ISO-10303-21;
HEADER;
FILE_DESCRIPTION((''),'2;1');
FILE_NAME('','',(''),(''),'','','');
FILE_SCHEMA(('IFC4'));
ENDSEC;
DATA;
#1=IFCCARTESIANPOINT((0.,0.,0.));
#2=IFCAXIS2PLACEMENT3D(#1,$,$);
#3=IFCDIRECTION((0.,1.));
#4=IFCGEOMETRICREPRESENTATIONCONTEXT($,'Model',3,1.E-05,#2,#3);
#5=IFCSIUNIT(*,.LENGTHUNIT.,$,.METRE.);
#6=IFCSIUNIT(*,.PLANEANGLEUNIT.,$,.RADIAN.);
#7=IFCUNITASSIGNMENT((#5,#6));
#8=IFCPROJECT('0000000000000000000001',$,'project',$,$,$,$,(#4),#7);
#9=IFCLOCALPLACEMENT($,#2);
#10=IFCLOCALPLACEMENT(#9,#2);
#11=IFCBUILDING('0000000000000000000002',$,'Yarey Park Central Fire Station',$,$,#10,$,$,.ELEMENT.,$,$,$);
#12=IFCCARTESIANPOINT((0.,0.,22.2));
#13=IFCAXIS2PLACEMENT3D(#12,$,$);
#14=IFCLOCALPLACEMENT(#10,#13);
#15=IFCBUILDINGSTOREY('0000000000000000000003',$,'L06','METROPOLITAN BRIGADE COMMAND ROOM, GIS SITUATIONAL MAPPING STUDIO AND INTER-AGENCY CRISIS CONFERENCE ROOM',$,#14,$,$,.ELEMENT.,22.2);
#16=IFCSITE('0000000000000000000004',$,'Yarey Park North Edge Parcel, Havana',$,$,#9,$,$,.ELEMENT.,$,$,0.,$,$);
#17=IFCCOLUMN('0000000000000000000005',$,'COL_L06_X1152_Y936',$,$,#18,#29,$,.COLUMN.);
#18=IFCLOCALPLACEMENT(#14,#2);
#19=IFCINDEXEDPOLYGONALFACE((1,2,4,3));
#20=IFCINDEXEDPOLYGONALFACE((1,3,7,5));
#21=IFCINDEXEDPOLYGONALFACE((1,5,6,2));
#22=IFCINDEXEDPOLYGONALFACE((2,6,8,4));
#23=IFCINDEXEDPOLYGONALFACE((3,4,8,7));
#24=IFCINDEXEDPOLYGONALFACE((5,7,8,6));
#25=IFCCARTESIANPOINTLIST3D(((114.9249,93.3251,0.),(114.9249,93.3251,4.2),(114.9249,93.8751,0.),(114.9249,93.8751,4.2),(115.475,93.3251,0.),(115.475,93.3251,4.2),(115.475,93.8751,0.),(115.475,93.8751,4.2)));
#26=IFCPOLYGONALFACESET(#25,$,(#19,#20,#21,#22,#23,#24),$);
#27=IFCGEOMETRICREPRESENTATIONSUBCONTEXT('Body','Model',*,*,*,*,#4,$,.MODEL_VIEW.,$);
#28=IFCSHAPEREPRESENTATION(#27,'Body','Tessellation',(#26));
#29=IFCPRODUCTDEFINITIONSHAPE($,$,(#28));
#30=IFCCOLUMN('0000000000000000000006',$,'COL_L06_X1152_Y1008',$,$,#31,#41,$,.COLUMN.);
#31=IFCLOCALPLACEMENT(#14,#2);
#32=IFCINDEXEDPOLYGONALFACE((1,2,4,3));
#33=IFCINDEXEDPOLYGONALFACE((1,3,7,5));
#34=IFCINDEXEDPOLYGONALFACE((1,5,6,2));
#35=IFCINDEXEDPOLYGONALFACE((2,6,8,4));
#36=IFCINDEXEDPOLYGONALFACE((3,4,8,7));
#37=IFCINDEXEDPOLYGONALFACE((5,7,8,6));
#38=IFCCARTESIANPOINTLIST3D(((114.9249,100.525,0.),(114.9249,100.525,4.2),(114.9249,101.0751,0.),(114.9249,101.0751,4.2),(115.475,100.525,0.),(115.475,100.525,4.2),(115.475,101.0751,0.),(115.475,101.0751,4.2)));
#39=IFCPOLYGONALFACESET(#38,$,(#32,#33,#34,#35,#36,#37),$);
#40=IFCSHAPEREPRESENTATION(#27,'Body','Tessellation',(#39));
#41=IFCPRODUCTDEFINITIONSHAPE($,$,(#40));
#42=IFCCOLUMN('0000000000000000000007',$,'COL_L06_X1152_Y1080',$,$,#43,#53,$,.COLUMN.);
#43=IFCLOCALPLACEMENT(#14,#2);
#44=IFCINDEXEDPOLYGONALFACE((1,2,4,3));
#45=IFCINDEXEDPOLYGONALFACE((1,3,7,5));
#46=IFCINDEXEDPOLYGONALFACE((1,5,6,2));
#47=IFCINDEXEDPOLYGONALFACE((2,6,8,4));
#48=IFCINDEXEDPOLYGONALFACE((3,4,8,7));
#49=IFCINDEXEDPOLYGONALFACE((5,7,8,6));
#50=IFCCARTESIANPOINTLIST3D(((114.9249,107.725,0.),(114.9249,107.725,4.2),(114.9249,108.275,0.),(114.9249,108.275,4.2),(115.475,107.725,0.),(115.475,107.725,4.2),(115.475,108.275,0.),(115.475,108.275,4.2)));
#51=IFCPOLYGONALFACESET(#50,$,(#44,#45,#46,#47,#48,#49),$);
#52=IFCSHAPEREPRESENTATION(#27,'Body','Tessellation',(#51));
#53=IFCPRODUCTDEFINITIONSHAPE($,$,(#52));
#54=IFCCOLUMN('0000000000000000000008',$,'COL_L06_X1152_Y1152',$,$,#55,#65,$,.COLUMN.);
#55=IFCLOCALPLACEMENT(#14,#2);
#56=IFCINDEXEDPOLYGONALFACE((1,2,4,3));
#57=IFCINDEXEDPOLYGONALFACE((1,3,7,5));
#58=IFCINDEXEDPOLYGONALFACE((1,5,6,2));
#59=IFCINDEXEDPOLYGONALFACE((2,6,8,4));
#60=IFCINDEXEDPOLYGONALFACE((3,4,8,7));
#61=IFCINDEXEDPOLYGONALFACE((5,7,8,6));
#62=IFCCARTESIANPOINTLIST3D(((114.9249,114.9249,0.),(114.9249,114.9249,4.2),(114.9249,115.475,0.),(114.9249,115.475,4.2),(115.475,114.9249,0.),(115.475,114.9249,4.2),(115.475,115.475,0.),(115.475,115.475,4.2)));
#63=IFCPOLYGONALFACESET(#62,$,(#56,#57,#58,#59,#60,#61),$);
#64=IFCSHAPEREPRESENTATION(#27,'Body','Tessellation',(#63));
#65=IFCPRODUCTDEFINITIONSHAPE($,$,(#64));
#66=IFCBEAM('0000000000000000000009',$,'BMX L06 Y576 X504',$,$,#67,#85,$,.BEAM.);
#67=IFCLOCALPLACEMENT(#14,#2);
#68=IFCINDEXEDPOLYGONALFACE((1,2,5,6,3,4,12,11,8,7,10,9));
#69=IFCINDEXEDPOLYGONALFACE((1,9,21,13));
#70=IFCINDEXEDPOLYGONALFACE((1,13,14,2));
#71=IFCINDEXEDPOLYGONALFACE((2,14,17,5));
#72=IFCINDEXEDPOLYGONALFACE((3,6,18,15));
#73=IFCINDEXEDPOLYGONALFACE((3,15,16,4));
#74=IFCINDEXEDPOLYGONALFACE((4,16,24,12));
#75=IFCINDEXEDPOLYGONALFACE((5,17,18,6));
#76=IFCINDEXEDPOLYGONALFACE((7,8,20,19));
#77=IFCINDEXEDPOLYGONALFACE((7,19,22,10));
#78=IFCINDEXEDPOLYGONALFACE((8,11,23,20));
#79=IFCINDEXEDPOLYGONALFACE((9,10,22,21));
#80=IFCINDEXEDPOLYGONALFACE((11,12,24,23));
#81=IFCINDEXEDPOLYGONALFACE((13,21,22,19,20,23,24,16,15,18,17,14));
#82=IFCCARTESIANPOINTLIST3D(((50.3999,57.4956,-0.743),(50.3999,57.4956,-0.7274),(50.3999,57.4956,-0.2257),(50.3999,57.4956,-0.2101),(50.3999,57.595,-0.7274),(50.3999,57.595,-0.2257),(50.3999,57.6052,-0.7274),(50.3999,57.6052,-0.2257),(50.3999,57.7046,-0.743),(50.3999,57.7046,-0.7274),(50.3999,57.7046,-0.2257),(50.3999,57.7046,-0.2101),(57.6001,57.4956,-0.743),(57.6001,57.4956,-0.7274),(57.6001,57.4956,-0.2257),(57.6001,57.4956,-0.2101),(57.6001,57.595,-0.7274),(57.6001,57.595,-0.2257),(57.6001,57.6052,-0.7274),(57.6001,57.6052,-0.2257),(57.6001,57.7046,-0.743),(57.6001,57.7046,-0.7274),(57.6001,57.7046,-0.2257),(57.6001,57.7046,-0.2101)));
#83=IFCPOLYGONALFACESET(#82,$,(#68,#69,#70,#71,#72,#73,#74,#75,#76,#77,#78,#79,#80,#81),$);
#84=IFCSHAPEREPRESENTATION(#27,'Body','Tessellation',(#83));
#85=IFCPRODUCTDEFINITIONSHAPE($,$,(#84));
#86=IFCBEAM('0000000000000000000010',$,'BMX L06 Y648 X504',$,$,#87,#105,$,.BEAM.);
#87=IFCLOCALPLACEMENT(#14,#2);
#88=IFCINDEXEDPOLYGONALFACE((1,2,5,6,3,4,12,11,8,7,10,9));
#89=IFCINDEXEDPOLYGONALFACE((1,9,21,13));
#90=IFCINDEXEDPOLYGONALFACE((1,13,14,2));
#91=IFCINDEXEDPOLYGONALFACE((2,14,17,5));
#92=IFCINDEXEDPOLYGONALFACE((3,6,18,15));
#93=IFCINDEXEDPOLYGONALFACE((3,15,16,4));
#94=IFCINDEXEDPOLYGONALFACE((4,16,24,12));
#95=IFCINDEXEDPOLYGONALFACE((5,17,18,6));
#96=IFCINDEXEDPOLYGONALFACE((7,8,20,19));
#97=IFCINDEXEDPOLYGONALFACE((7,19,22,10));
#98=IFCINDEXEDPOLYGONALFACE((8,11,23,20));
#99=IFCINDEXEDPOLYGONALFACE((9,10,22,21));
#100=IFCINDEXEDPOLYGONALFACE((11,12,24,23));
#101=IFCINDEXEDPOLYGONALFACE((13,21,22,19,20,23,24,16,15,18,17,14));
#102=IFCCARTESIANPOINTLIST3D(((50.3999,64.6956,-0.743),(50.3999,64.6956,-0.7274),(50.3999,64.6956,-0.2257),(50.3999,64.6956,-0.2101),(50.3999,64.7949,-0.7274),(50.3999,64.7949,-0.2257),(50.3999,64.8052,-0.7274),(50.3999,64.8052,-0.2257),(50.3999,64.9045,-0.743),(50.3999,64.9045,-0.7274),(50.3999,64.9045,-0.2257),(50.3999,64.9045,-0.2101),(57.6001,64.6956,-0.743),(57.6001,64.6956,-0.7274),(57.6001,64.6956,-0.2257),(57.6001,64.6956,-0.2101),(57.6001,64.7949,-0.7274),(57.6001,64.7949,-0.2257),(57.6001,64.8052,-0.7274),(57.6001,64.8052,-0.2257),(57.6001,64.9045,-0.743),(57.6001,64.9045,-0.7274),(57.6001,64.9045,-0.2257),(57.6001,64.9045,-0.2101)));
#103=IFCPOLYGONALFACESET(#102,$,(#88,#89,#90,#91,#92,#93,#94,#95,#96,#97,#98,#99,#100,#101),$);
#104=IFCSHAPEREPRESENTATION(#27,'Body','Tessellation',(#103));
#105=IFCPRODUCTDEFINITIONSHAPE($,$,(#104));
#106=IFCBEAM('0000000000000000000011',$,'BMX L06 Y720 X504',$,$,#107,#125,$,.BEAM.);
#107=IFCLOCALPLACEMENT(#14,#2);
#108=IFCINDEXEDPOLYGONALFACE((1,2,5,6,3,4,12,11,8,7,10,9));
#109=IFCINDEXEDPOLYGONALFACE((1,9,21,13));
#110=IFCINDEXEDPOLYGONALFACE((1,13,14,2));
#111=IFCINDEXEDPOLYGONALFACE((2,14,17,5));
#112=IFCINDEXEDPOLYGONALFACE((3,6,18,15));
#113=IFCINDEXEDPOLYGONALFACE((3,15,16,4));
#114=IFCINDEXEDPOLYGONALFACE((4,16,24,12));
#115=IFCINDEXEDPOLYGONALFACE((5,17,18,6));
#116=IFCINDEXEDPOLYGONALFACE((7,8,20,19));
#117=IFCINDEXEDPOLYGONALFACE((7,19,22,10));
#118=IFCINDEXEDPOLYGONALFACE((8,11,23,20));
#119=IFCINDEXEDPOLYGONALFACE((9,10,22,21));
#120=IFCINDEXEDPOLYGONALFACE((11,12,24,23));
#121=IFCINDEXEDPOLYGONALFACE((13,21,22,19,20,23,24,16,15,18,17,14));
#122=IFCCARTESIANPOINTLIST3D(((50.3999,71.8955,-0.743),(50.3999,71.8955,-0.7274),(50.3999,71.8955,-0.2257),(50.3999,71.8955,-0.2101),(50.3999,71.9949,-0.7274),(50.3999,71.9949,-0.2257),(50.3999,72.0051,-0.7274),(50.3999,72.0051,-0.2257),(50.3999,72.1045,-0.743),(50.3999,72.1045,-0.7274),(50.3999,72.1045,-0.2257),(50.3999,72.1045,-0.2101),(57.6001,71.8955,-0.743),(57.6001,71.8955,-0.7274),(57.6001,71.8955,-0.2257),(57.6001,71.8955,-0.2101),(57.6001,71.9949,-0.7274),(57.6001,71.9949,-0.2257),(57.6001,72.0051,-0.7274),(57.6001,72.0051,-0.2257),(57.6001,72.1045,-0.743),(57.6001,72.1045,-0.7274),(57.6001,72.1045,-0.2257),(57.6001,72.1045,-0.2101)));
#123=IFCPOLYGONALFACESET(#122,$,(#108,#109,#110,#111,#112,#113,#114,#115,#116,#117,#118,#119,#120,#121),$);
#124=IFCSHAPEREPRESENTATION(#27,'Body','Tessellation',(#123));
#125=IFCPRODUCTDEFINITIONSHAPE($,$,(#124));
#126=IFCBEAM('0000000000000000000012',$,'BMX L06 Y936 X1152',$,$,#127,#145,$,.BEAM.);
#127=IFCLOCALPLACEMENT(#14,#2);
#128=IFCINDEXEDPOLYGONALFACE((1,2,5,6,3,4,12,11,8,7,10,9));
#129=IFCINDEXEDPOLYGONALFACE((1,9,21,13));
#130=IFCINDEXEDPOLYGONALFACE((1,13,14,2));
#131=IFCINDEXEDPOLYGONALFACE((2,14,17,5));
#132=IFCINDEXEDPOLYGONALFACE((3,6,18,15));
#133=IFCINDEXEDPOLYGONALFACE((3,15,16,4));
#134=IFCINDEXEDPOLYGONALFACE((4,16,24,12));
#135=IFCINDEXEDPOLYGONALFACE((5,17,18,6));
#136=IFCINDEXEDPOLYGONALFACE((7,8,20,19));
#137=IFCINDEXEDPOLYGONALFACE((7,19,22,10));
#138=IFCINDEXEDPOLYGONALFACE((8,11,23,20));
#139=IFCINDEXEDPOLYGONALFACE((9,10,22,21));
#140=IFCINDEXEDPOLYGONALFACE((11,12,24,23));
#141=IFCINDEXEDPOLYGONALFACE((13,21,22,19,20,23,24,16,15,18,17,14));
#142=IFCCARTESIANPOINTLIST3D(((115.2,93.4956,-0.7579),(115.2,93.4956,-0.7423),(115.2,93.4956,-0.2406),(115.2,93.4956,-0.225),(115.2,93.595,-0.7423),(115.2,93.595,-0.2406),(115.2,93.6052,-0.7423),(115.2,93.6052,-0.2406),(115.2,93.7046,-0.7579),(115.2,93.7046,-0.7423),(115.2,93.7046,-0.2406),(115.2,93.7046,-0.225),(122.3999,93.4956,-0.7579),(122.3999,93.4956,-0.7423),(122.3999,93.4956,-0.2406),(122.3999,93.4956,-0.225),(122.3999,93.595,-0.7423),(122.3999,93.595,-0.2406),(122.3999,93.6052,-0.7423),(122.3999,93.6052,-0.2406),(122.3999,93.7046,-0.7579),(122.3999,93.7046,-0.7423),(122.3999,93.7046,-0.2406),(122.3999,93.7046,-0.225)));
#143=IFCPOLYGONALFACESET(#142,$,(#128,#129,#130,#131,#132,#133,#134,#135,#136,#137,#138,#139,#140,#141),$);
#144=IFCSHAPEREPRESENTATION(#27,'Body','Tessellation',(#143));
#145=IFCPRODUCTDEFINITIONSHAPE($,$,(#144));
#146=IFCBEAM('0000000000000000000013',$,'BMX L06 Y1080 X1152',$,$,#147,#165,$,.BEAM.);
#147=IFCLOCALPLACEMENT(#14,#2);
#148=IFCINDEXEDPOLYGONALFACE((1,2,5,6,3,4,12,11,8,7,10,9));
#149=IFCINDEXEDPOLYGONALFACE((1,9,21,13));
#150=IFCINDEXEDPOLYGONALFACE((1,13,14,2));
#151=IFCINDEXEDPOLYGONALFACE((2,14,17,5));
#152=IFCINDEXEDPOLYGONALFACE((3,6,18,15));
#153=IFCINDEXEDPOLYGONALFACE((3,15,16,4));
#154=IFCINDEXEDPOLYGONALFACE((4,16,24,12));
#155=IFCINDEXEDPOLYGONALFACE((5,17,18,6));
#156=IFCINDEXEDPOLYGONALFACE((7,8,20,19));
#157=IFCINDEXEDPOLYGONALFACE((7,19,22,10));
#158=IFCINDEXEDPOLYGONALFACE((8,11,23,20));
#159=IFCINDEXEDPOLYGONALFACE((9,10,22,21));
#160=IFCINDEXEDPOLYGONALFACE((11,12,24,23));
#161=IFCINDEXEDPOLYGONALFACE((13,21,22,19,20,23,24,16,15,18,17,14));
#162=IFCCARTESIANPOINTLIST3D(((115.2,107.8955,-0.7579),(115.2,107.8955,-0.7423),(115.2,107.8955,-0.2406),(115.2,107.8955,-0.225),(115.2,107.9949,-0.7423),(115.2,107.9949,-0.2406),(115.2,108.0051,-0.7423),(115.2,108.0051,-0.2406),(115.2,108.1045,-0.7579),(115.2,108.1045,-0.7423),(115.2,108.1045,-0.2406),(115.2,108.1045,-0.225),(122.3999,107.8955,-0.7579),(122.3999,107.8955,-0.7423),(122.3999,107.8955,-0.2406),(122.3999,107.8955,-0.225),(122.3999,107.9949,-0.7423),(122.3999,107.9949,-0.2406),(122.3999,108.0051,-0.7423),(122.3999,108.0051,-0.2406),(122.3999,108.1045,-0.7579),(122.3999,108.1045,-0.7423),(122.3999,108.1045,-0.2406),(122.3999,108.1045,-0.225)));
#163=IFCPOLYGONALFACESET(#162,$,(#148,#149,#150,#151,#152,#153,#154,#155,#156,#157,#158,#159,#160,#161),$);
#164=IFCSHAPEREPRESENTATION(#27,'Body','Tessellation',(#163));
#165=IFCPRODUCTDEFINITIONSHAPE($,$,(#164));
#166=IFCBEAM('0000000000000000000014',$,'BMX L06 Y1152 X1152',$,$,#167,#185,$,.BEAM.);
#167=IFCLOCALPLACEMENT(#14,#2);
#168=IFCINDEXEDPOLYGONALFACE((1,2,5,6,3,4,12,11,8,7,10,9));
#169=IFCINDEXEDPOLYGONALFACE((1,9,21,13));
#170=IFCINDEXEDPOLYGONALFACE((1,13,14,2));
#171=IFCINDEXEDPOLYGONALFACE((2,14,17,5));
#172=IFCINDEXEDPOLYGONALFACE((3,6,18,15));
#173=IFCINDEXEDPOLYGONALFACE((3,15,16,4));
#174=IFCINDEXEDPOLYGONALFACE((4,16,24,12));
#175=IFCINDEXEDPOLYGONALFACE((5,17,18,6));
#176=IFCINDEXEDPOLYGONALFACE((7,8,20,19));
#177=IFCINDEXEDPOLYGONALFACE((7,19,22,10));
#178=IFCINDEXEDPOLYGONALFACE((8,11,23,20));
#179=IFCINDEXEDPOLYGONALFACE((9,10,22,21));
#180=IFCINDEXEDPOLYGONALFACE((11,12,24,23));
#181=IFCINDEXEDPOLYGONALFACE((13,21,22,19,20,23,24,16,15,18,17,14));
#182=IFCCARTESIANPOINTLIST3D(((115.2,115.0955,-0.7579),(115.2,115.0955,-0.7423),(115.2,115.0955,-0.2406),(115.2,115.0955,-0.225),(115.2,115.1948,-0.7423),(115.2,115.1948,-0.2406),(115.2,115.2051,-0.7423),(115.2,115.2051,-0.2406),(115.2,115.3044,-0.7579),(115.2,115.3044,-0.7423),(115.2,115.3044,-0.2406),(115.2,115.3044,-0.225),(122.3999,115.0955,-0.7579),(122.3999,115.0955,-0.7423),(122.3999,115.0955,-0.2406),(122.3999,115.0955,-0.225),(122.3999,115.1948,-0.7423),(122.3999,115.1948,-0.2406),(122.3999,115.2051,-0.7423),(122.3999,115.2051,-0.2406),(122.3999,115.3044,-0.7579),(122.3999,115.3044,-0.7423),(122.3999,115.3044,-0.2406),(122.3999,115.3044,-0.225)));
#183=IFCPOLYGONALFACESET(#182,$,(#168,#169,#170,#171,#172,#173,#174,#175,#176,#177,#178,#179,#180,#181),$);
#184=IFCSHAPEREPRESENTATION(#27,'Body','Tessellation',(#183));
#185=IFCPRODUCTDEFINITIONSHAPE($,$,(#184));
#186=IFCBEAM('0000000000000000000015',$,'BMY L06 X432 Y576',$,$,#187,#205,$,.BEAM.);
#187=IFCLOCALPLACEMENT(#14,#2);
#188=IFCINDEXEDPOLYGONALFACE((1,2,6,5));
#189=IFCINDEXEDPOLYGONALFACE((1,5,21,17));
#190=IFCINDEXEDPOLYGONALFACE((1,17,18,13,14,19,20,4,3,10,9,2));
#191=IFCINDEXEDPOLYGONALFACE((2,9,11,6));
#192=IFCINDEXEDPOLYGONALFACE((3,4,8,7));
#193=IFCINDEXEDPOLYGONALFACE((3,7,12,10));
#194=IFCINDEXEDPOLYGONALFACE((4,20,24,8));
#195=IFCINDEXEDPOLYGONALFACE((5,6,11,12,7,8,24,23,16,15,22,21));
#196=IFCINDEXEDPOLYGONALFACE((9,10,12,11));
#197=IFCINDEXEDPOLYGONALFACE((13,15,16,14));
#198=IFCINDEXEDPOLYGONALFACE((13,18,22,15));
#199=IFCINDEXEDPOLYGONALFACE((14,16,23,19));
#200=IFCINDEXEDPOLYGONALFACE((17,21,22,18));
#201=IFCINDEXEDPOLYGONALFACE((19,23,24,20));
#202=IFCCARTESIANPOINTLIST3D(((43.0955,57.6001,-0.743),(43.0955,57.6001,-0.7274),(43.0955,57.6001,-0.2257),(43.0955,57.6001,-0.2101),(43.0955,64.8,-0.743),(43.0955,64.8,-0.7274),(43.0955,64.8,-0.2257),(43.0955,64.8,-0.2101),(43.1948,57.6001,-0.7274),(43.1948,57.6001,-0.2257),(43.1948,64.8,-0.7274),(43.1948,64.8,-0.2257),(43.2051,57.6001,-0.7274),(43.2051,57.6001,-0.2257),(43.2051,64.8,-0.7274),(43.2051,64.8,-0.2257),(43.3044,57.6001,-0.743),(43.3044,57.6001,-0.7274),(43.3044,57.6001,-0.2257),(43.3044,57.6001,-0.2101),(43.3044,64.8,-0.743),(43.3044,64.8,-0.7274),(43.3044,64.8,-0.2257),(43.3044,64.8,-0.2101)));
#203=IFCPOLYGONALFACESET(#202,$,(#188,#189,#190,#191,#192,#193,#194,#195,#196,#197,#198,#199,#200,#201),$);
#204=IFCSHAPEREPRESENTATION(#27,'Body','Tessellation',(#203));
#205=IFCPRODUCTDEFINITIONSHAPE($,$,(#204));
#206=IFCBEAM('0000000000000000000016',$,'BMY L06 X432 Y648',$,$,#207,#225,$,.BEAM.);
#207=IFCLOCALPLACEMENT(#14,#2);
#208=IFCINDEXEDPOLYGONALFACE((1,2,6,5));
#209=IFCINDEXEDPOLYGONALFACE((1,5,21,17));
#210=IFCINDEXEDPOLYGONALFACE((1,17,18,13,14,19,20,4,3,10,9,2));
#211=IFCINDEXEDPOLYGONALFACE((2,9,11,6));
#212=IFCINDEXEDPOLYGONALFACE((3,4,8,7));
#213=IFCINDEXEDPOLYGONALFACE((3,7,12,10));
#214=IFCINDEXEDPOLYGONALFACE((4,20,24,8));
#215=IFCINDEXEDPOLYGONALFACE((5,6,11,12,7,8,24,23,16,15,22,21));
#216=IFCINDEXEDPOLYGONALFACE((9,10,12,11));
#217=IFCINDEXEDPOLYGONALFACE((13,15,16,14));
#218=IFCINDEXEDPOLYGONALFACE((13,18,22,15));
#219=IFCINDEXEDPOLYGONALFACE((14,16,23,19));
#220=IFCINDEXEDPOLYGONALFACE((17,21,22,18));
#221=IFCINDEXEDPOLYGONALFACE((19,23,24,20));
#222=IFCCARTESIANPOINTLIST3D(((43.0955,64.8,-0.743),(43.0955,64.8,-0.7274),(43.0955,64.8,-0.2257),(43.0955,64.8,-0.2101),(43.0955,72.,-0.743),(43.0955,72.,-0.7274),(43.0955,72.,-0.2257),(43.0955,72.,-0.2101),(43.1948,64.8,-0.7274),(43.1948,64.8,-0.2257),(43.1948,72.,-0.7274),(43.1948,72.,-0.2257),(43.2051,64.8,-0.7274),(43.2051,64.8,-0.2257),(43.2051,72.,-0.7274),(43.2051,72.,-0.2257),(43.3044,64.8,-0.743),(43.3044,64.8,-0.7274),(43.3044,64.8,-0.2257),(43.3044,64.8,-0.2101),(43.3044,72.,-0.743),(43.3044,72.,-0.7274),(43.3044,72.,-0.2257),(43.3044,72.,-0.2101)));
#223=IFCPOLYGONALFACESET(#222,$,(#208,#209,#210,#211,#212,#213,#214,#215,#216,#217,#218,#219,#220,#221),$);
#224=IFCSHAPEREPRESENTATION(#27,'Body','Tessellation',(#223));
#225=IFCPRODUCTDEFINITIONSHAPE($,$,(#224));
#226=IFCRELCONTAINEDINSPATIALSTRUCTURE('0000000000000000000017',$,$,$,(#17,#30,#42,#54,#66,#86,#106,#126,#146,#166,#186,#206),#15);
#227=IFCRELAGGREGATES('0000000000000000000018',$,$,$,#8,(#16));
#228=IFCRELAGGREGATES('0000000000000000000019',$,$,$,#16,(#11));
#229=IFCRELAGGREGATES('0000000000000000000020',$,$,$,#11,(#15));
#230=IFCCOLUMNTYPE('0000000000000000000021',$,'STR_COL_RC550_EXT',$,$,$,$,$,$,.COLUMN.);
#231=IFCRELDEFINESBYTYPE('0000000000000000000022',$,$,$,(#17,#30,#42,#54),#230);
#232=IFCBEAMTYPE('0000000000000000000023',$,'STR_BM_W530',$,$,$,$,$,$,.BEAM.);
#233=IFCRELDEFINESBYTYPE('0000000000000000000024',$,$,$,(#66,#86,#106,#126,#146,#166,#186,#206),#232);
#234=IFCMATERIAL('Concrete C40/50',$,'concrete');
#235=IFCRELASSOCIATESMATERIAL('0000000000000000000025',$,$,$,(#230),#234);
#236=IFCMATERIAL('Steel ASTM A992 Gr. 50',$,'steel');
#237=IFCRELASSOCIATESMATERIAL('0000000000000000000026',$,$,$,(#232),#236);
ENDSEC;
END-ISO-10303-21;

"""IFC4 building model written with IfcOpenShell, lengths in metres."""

from ifc_helpers import new_model, si_unit, direction, frame, origin, origin_2d, place, context, subcontext, project, spatial, rectangle, i_section, extrude, material, material_profile, profile_set, type_object, element, save


model = new_model("IFC4")

# Units and contexts
model_context = context("Model", 3, precision=1e-05, world=origin(), true_north=direction((0.0, 1.0)))
body_context = subcontext(model_context, "Body", "Model", "MODEL_VIEW")
ifc_project = project(units=[si_unit("LENGTHUNIT", "METRE"), si_unit("PLANEANGLEUNIT", "RADIAN")], contexts=[model_context])

# Site, building, storey
site_placement = place(None, origin())
site = spatial("IfcSite", under=ifc_project, at=site_placement, Name="Yarey Park North Edge Parcel, Havana", CompositionType="ELEMENT", RefElevation=0.0)
building_placement = place(site_placement, origin())
building = spatial("IfcBuilding", under=site, at=building_placement, Name="Yarey Park Central Fire Station", CompositionType="ELEMENT")
storey_placement = place(building_placement, frame((0.0, 0.0, 22.2)))
storey = spatial("IfcBuildingStorey", under=building, at=storey_placement, Name="L06", Description="METROPOLITAN BRIGADE COMMAND ROOM, GIS SITUATIONAL MAPPING STUDIO AND INTER-AGENCY CRISIS CONFERENCE ROOM", CompositionType="ELEMENT", Elevation=22.2)

# Columns
ifc_material_1 = material(Name="Concrete C40/50", Category="concrete")
ifc_material_profile_1 = material_profile(ifc_material_1, rectangle(XDim=0.55, YDim=0.55, at=origin_2d()), Name="RC 550x550")
ifc_profile_set_1 = profile_set([ifc_material_profile_1], Name="Concrete C40/50")
column_type = type_object("IfcColumnType", Name="STR_COL_RC550_EXT", PredefinedType="COLUMN", material=ifc_profile_set_1)
for number, where, z_axis, x_axis, name in (
    (1, (115.2, 93.6001, 0.0), (0.0, 0.0, 1.0), (1.0, 0.0, 0.0), "COL_L06_X1152_Y936"),
    (2, (115.2, 100.8, 0.0), (0.0, 0.0, 1.0), (1.0, 0.0, 0.0), "COL_L06_X1152_Y1008"),
    (3, (115.2, 108.0, 0.0), (0.0, 0.0, 1.0), (1.0, 0.0, 0.0), "COL_L06_X1152_Y1080"),
    (4, (115.2, 115.2, 0.0), (0.0, 0.0, 1.0), (1.0, 0.0, 0.0), "COL_L06_X1152_Y1152"),
):
    element("IfcColumn", number, at=place(storey_placement, frame(where, z_axis=z_axis, x_axis=x_axis)), inside=storey, type_object=column_type, Name=name, PredefinedType="COLUMN", context=body_context, shape_type="SweptSolid", body=[
        extrude(rectangle(XDim=0.55, YDim=0.55, at=origin_2d()), origin(), (0.0, 0.0, 1.0), 4.2),
    ])

# Beams
ifc_material_2 = material(Name="Steel ASTM A992 Gr. 50", Category="steel")
ifc_material_profile_2 = material_profile(ifc_material_2, i_section(OverallWidth=0.209, OverallDepth=0.533, WebThickness=0.0103, FlangeThickness=0.0156, at=origin_2d()), Name="W530x92")
ifc_profile_set_2 = profile_set([ifc_material_profile_2], Name="Steel ASTM A992 Gr. 50")
beam_type_1 = type_object("IfcBeamType", Name="STR_BM_W530", PredefinedType="BEAM", material=ifc_profile_set_2)
for number, where, z_axis, x_axis, name in (
    (5, (50.3999, 57.6001, -0.4766), (1.0, 0.0, 0.0), (0.0, 1.0, 0.0), "BMX L06 Y576 X504"),
    (6, (50.3999, 64.8, -0.4766), (1.0, 0.0, 0.0), (0.0, 1.0, 0.0), "BMX L06 Y648 X504"),
    (7, (50.3999, 72.0, -0.4766), (1.0, 0.0, 0.0), (0.0, 1.0, 0.0), "BMX L06 Y720 X504"),
):
    element("IfcBeam", number, at=place(storey_placement, frame(where, z_axis=z_axis, x_axis=x_axis)), inside=storey, type_object=beam_type_1, Name=name, PredefinedType="BEAM", context=body_context, shape_type="SweptSolid", body=[
        extrude(i_section(OverallWidth=0.209, OverallDepth=0.533, WebThickness=0.0103, FlangeThickness=0.0156, at=origin_2d()), origin(), (0.0, 0.0, 1.0), 7.2002),
    ])
for number, where, z_axis, x_axis, name in (
    (8, (115.2, 93.6001, -0.4915), (1.0, 0.0, 0.0), (0.0, 1.0, 0.0), "BMX L06 Y936 X1152"),
    (9, (115.2, 108.0, -0.4915), (1.0, 0.0, 0.0), (0.0, 1.0, 0.0), "BMX L06 Y1080 X1152"),
    (10, (115.2, 115.2, -0.4915), (1.0, 0.0, 0.0), (0.0, 1.0, 0.0), "BMX L06 Y1152 X1152"),
    (11, (43.2, 57.6001, -0.4766), (0.0, 1.0, 0.0), (-1.0, 0.0, 0.0), "BMY L06 X432 Y576"),
    (12, (43.2, 64.8, -0.4766), (0.0, 1.0, 0.0), (-1.0, 0.0, 0.0), "BMY L06 X432 Y648"),
):
    element("IfcBeam", number, at=place(storey_placement, frame(where, z_axis=z_axis, x_axis=x_axis)), inside=storey, type_object=beam_type_1, Name=name, PredefinedType="BEAM", context=body_context, shape_type="SweptSolid", body=[
        extrude(i_section(OverallWidth=0.209, OverallDepth=0.533, WebThickness=0.0103, FlangeThickness=0.0156, at=origin_2d()), origin(), (0.0, 0.0, 1.0), 7.2),
    ])

save(model, "model.ifc")
